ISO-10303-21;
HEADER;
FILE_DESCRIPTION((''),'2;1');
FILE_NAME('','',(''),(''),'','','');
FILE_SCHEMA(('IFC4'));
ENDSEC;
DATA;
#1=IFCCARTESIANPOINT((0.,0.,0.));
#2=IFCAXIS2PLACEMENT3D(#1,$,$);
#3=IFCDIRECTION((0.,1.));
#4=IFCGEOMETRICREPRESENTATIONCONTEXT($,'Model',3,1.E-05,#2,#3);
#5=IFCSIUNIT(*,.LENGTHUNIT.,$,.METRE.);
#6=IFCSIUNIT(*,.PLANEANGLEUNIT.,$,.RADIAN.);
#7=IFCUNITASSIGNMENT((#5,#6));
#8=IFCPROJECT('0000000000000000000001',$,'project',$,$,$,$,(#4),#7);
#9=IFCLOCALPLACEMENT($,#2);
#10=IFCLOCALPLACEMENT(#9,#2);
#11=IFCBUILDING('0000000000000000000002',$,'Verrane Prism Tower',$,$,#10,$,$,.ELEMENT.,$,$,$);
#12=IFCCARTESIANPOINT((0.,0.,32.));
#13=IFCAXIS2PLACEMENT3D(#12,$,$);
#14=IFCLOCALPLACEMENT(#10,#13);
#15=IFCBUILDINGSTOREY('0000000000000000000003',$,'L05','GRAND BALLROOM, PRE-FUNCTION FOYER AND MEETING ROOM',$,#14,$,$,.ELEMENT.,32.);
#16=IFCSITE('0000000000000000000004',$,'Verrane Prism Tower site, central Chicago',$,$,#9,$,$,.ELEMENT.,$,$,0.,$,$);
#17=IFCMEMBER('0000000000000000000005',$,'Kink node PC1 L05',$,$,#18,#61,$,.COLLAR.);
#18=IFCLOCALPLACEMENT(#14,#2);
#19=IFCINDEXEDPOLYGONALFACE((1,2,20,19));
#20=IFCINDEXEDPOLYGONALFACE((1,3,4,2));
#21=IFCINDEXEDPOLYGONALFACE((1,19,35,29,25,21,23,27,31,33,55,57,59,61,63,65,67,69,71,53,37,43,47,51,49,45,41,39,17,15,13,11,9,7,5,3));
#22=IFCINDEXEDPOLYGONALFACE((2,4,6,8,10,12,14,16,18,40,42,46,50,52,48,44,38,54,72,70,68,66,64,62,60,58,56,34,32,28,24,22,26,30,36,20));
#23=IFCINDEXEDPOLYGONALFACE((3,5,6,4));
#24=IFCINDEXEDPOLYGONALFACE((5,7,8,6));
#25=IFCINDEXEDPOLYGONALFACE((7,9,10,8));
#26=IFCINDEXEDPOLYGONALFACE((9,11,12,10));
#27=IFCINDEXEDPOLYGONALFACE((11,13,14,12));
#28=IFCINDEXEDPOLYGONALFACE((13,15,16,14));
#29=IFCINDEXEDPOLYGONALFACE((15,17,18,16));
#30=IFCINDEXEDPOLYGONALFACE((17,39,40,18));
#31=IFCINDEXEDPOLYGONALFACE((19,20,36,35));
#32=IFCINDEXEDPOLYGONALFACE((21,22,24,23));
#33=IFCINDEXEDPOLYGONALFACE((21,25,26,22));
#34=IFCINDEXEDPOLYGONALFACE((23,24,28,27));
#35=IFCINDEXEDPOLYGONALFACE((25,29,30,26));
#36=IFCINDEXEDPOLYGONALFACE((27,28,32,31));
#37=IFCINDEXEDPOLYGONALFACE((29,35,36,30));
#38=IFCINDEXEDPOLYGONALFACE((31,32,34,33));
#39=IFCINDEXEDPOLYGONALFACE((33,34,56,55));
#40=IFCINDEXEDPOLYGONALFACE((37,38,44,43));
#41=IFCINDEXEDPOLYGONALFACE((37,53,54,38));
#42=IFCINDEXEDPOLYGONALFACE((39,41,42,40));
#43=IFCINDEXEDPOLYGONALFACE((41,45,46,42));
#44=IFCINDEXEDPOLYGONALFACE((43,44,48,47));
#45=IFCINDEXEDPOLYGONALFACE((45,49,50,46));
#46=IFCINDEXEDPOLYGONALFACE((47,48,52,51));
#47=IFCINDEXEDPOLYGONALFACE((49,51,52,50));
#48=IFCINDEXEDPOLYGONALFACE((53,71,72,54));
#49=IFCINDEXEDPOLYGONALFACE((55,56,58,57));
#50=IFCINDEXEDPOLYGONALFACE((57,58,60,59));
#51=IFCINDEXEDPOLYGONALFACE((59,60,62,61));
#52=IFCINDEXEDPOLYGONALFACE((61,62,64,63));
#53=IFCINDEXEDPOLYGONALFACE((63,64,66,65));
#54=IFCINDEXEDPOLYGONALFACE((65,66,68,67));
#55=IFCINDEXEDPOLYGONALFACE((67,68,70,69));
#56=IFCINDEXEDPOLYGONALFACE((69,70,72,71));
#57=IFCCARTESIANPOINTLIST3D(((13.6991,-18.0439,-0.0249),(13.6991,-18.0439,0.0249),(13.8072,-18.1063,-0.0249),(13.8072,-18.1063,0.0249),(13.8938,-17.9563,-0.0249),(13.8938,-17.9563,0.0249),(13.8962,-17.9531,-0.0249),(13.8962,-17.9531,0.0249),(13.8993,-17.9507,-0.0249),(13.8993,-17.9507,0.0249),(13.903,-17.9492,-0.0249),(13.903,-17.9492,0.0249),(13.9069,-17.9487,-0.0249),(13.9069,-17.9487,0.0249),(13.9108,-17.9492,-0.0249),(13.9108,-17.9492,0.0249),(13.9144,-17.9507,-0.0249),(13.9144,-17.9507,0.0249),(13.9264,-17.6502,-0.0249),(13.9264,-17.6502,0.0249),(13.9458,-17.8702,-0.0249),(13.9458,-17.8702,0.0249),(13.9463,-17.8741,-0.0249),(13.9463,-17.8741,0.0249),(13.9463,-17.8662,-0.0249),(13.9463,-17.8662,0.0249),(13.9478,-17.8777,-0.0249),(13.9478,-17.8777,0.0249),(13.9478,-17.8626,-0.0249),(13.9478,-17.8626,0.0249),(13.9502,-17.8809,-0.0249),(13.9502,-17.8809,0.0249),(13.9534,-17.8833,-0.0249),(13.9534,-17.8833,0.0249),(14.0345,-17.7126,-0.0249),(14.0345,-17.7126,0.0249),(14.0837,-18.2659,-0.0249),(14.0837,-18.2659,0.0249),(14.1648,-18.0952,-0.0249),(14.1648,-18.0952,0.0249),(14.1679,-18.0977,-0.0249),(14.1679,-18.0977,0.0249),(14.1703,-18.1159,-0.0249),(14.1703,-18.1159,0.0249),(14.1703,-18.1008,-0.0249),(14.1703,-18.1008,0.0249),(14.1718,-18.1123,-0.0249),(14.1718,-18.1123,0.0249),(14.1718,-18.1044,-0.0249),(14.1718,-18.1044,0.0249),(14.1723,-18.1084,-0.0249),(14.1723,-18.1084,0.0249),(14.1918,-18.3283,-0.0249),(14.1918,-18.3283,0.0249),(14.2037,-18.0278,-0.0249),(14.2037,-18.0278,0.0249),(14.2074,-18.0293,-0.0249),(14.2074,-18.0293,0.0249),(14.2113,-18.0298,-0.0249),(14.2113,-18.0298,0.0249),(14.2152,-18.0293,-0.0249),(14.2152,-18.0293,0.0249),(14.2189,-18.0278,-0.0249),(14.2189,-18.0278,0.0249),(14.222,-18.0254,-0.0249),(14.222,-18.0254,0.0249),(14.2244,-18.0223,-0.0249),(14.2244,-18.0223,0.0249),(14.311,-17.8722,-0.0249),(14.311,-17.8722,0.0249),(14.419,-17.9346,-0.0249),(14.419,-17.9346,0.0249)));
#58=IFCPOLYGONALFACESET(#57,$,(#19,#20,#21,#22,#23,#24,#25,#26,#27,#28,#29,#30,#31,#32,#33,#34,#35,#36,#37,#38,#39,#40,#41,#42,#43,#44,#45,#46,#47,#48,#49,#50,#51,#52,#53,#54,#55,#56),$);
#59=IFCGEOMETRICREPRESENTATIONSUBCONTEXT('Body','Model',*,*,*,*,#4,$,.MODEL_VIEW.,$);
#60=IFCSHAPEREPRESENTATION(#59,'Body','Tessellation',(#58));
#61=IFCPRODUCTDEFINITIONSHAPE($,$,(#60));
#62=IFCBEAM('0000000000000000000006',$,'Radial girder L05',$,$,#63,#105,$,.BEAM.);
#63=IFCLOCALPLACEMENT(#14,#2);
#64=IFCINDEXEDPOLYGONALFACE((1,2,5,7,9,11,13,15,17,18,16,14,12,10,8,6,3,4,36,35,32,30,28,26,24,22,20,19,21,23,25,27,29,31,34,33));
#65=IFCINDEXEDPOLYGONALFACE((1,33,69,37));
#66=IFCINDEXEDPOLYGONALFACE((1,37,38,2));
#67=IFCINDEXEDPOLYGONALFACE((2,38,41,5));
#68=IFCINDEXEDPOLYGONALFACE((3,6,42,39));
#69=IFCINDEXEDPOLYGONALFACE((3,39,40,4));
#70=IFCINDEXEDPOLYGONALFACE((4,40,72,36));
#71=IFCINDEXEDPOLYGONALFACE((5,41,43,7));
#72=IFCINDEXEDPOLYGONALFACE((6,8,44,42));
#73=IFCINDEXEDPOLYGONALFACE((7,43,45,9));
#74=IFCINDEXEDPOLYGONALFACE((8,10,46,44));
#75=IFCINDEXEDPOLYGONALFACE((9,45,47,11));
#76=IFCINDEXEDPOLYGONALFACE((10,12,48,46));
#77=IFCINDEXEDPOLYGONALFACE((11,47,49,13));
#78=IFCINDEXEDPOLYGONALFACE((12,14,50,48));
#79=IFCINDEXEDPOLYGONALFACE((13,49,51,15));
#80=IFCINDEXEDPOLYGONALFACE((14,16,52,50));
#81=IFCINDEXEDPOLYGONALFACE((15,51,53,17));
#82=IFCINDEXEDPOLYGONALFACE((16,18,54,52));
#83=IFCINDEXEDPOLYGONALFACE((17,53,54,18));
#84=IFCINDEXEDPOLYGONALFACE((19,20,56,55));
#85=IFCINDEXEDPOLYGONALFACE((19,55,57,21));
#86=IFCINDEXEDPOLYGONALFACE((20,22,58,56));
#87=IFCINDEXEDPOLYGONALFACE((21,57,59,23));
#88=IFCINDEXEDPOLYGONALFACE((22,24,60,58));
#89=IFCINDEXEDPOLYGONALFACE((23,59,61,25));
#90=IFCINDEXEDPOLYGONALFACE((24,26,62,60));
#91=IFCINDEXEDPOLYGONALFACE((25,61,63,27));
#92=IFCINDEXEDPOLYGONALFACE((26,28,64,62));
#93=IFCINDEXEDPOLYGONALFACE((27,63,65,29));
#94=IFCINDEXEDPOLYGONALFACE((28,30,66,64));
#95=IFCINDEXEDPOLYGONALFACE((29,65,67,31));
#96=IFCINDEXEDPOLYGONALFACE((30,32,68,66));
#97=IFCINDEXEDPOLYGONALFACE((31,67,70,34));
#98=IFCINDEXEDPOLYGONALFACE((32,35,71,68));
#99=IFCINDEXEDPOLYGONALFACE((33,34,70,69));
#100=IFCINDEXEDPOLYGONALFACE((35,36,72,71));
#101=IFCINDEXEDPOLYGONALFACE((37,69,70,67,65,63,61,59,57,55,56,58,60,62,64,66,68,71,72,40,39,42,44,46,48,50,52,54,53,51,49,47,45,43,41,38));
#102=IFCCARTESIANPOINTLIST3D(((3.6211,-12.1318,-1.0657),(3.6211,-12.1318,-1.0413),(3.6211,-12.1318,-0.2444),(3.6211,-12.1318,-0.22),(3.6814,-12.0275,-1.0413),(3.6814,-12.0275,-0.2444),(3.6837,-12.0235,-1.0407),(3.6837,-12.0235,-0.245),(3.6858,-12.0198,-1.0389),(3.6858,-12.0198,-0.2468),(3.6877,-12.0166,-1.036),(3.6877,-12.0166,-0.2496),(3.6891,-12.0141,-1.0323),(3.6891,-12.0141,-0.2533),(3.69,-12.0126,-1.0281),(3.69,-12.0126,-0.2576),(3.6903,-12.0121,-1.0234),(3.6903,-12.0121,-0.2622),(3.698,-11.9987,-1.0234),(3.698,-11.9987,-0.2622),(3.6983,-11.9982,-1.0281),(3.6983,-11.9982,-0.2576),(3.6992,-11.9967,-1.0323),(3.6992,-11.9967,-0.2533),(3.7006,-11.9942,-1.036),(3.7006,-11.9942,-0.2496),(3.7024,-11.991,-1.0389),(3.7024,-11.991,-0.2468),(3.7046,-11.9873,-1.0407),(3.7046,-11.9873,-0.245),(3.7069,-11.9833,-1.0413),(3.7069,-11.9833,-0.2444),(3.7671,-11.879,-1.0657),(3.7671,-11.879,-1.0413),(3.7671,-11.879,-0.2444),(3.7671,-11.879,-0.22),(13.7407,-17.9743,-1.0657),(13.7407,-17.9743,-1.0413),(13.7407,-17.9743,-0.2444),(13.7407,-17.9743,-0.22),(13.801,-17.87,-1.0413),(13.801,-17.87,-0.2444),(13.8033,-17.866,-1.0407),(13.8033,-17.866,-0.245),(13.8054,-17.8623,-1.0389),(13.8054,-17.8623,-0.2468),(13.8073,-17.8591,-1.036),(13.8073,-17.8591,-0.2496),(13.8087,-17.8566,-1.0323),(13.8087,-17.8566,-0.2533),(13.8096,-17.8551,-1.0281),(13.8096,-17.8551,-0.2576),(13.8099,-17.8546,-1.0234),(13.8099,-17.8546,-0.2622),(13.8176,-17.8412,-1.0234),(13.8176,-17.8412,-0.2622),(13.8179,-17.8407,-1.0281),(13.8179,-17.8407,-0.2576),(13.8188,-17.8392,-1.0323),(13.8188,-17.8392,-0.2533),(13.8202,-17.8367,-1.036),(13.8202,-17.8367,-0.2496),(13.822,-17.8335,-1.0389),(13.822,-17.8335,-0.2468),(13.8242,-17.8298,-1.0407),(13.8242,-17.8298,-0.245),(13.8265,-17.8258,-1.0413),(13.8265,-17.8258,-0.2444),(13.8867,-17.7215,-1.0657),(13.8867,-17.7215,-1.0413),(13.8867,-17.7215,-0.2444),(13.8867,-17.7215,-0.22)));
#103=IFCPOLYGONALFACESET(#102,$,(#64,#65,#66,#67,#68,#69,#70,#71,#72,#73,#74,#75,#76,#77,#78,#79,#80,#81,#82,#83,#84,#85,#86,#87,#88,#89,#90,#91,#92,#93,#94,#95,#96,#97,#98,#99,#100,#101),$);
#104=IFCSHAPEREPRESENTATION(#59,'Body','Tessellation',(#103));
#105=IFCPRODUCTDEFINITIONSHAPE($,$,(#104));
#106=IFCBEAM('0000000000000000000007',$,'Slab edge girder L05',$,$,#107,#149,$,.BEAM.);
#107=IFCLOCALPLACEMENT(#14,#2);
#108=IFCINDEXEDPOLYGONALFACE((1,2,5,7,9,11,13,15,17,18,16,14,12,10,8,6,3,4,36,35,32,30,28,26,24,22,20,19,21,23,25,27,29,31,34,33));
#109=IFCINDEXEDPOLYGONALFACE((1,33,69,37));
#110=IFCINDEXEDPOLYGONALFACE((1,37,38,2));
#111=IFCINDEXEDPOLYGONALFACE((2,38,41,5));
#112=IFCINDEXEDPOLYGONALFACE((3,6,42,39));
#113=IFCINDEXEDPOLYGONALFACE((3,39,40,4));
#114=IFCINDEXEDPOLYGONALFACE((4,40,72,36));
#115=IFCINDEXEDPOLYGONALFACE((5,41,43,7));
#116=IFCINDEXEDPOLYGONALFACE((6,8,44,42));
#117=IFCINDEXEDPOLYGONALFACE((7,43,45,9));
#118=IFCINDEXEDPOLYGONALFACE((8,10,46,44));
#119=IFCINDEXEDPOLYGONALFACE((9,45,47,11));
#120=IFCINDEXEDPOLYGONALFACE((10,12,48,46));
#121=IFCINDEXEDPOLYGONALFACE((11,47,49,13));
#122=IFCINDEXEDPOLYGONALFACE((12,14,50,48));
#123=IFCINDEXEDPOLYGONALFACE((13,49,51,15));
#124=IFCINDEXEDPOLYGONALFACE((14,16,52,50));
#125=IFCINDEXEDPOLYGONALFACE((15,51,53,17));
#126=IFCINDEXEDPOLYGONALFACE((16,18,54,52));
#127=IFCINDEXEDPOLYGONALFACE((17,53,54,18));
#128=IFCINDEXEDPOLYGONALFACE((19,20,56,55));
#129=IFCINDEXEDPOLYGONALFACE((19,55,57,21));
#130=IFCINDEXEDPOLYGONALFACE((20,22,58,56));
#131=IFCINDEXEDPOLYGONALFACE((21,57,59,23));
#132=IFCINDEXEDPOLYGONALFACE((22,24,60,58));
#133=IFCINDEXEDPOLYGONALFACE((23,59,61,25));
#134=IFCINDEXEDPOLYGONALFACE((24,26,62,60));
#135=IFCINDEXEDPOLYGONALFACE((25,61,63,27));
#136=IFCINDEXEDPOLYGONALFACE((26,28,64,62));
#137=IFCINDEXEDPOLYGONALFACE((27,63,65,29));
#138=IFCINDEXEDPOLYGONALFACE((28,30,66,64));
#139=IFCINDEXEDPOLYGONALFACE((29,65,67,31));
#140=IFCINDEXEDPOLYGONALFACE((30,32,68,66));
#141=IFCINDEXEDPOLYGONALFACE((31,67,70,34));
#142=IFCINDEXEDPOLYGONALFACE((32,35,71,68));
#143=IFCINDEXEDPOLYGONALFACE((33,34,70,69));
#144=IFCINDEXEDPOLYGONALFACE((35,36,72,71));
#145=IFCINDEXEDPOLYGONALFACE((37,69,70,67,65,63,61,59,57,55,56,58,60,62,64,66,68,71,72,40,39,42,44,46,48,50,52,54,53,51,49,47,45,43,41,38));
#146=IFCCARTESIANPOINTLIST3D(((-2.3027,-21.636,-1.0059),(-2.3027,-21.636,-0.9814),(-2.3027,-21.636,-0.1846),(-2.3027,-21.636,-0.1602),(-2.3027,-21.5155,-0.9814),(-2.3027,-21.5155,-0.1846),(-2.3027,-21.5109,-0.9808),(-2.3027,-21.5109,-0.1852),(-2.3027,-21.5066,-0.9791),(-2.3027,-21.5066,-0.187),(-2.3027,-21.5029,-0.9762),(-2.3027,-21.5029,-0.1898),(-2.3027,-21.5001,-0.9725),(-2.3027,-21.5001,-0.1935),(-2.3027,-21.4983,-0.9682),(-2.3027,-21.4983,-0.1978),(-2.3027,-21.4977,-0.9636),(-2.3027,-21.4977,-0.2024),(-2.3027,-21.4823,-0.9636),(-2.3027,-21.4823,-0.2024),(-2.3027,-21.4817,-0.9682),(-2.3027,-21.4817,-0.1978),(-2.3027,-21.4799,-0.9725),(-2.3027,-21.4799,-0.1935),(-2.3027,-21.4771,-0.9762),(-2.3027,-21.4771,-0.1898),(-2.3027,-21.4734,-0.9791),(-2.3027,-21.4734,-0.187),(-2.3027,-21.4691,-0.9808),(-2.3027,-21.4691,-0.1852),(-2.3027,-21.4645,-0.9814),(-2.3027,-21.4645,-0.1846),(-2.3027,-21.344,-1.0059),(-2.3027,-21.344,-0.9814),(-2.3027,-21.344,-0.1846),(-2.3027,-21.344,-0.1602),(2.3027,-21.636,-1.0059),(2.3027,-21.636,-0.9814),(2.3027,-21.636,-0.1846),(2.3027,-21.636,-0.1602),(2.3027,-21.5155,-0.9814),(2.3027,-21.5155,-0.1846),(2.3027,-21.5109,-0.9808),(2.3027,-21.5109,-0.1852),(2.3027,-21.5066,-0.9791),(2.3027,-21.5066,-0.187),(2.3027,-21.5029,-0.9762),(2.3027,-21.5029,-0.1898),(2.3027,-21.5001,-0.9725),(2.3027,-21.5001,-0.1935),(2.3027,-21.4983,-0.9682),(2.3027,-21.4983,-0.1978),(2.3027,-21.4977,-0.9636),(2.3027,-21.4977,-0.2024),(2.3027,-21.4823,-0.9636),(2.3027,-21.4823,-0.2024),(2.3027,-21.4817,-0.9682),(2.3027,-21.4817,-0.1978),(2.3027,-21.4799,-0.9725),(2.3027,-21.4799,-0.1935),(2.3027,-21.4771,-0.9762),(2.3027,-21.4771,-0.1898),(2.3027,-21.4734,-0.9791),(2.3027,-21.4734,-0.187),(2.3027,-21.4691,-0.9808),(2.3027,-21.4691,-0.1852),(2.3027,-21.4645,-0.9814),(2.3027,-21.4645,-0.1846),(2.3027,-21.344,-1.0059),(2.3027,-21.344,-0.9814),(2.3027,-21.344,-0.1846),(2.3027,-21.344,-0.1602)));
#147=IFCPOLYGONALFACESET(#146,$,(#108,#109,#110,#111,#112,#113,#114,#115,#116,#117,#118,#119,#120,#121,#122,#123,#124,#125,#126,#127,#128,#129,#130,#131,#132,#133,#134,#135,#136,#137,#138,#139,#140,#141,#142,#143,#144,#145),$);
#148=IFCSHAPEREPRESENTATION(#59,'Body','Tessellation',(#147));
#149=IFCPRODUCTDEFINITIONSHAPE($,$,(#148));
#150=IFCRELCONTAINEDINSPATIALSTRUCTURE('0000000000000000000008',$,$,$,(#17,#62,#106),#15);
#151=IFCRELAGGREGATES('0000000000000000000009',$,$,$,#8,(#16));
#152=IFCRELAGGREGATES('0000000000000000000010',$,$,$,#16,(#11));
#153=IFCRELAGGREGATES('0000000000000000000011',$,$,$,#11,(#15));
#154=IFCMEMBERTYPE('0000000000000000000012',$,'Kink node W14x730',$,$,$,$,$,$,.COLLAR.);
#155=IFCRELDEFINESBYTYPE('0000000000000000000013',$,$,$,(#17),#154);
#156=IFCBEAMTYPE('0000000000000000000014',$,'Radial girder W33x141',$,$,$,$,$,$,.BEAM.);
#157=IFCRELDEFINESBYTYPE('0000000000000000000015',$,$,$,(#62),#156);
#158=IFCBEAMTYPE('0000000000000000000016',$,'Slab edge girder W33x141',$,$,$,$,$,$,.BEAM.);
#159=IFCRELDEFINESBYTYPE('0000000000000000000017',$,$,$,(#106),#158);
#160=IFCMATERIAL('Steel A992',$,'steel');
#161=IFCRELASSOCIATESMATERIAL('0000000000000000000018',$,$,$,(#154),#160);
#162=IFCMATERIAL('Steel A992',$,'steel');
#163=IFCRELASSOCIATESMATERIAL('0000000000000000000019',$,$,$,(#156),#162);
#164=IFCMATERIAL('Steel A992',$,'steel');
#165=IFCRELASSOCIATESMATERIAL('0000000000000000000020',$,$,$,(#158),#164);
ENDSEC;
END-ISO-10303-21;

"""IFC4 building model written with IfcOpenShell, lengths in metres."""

from ifc_helpers import new_model, si_unit, direction, frame, origin, origin_2d, place, context, subcontext, project, spatial, i_section, extrude, material, material_profile, profile_set, type_object, element, save


model = new_model("IFC4")

# Units and contexts
model_context = context("Model", 3, precision=1e-05, world=origin(), true_north=direction((0.0, 1.0)))
body_context = subcontext(model_context, "Body", "Model", "MODEL_VIEW")
ifc_project = project(units=[si_unit("LENGTHUNIT", "METRE"), si_unit("PLANEANGLEUNIT", "RADIAN")], contexts=[model_context])

# Site, building, storey
site_placement = place(None, origin())
site = spatial("IfcSite", under=ifc_project, at=site_placement, Name="Verrane Prism Tower site, central Chicago", CompositionType="ELEMENT", RefElevation=0.0)
building_placement = place(site_placement, origin())
building = spatial("IfcBuilding", under=site, at=building_placement, Name="Verrane Prism Tower", CompositionType="ELEMENT")
storey_placement = place(building_placement, frame((0.0, 0.0, 32.0)))
storey = spatial("IfcBuildingStorey", under=building, at=storey_placement, Name="L05", Description="GRAND BALLROOM, PRE-FUNCTION FOYER AND MEETING ROOM", CompositionType="ELEMENT", Elevation=32.0)

# Member
ifc_material_1 = material(Name="Steel A992", Category="steel")
ifc_material_profile_1 = material_profile(ifc_material_1, i_section(OverallWidth=0.4546, OverallDepth=0.5688, WebThickness=0.0779, FlangeThickness=0.1248, FilletRadius=0.0151, at=origin_2d()), Name="W14x730")
ifc_profile_set_1 = profile_set([ifc_material_profile_1], Name="Steel A992")
member_type_1 = type_object("IfcMemberType", Name="Kink node W14x730", PredefinedType="COLLAR", material=ifc_profile_set_1)
member_1_placement = place(storey_placement, frame((14.0591, -17.9893, -0.0249), z_axis=(0.0, 0.0, 1.0), x_axis=(-0.5, -0.866025, 0.0)))
element("IfcMember", 1, at=member_1_placement, inside=storey, type_object=member_type_1, Name="Kink node PC1 L05", PredefinedType="COLLAR", context=body_context, shape_type="SweptSolid", body=[
    extrude(i_section(OverallWidth=0.4546, OverallDepth=0.5688, WebThickness=0.0779, FlangeThickness=0.1248, FilletRadius=0.0151, at=origin_2d()), origin(), (0.0, 0.0, 1.0), 0.0498),
])

# Beams
ifc_material_2 = material(Name="Steel A992", Category="steel")
ifc_material_profile_2 = material_profile(ifc_material_2, i_section(OverallWidth=0.292, OverallDepth=0.8457, WebThickness=0.0154, FlangeThickness=0.0244, FilletRadius=0.0178, at=origin_2d()), Name="W33x141")
ifc_profile_set_2 = profile_set([ifc_material_profile_2], Name="Steel A992")
beam_type_1 = type_object("IfcBeamType", Name="Radial girder W33x141", PredefinedType="BEAM", material=ifc_profile_set_2)
beam_1_placement = place(storey_placement, frame((13.8137, -17.8479, -0.6428), z_axis=(-0.866027, 0.499997, 0.0), x_axis=(-0.499997, -0.866027, 0.0)))
element("IfcBeam", 2, at=beam_1_placement, inside=storey, type_object=beam_type_1, Name="Radial girder L05", PredefinedType="BEAM", context=body_context, shape_type="SweptSolid", body=[
    extrude(i_section(OverallWidth=0.292, OverallDepth=0.8457, WebThickness=0.0154, FlangeThickness=0.0244, FilletRadius=0.0178, at=origin_2d()), origin(), (0.0, 0.0, 1.0), 11.6851),
])
ifc_material_3 = material(Name="Steel A992", Category="steel")
ifc_material_profile_3 = material_profile(ifc_material_3, i_section(OverallWidth=0.292, OverallDepth=0.8457, WebThickness=0.0154, FlangeThickness=0.0244, FilletRadius=0.0178, at=origin_2d()), Name="W33x141")
ifc_profile_set_3 = profile_set([ifc_material_profile_3], Name="Steel A992")
beam_type_2 = type_object("IfcBeamType", Name="Slab edge girder W33x141", PredefinedType="BEAM", material=ifc_profile_set_3)
beam_2_placement = place(storey_placement, frame((2.3027, -21.49, -0.583), z_axis=(-1.0, 0.0, 0.0), x_axis=(0.0, -1.0, 0.0)))
element("IfcBeam", 3, at=beam_2_placement, inside=storey, type_object=beam_type_2, Name="Slab edge girder L05", PredefinedType="BEAM", context=body_context, shape_type="SweptSolid", body=[
    extrude(i_section(OverallWidth=0.292, OverallDepth=0.8457, WebThickness=0.0154, FlangeThickness=0.0244, FilletRadius=0.0178, at=origin_2d()), origin(), (0.0, 0.0, 1.0), 4.6055),
])

save(model, "model.ifc")
